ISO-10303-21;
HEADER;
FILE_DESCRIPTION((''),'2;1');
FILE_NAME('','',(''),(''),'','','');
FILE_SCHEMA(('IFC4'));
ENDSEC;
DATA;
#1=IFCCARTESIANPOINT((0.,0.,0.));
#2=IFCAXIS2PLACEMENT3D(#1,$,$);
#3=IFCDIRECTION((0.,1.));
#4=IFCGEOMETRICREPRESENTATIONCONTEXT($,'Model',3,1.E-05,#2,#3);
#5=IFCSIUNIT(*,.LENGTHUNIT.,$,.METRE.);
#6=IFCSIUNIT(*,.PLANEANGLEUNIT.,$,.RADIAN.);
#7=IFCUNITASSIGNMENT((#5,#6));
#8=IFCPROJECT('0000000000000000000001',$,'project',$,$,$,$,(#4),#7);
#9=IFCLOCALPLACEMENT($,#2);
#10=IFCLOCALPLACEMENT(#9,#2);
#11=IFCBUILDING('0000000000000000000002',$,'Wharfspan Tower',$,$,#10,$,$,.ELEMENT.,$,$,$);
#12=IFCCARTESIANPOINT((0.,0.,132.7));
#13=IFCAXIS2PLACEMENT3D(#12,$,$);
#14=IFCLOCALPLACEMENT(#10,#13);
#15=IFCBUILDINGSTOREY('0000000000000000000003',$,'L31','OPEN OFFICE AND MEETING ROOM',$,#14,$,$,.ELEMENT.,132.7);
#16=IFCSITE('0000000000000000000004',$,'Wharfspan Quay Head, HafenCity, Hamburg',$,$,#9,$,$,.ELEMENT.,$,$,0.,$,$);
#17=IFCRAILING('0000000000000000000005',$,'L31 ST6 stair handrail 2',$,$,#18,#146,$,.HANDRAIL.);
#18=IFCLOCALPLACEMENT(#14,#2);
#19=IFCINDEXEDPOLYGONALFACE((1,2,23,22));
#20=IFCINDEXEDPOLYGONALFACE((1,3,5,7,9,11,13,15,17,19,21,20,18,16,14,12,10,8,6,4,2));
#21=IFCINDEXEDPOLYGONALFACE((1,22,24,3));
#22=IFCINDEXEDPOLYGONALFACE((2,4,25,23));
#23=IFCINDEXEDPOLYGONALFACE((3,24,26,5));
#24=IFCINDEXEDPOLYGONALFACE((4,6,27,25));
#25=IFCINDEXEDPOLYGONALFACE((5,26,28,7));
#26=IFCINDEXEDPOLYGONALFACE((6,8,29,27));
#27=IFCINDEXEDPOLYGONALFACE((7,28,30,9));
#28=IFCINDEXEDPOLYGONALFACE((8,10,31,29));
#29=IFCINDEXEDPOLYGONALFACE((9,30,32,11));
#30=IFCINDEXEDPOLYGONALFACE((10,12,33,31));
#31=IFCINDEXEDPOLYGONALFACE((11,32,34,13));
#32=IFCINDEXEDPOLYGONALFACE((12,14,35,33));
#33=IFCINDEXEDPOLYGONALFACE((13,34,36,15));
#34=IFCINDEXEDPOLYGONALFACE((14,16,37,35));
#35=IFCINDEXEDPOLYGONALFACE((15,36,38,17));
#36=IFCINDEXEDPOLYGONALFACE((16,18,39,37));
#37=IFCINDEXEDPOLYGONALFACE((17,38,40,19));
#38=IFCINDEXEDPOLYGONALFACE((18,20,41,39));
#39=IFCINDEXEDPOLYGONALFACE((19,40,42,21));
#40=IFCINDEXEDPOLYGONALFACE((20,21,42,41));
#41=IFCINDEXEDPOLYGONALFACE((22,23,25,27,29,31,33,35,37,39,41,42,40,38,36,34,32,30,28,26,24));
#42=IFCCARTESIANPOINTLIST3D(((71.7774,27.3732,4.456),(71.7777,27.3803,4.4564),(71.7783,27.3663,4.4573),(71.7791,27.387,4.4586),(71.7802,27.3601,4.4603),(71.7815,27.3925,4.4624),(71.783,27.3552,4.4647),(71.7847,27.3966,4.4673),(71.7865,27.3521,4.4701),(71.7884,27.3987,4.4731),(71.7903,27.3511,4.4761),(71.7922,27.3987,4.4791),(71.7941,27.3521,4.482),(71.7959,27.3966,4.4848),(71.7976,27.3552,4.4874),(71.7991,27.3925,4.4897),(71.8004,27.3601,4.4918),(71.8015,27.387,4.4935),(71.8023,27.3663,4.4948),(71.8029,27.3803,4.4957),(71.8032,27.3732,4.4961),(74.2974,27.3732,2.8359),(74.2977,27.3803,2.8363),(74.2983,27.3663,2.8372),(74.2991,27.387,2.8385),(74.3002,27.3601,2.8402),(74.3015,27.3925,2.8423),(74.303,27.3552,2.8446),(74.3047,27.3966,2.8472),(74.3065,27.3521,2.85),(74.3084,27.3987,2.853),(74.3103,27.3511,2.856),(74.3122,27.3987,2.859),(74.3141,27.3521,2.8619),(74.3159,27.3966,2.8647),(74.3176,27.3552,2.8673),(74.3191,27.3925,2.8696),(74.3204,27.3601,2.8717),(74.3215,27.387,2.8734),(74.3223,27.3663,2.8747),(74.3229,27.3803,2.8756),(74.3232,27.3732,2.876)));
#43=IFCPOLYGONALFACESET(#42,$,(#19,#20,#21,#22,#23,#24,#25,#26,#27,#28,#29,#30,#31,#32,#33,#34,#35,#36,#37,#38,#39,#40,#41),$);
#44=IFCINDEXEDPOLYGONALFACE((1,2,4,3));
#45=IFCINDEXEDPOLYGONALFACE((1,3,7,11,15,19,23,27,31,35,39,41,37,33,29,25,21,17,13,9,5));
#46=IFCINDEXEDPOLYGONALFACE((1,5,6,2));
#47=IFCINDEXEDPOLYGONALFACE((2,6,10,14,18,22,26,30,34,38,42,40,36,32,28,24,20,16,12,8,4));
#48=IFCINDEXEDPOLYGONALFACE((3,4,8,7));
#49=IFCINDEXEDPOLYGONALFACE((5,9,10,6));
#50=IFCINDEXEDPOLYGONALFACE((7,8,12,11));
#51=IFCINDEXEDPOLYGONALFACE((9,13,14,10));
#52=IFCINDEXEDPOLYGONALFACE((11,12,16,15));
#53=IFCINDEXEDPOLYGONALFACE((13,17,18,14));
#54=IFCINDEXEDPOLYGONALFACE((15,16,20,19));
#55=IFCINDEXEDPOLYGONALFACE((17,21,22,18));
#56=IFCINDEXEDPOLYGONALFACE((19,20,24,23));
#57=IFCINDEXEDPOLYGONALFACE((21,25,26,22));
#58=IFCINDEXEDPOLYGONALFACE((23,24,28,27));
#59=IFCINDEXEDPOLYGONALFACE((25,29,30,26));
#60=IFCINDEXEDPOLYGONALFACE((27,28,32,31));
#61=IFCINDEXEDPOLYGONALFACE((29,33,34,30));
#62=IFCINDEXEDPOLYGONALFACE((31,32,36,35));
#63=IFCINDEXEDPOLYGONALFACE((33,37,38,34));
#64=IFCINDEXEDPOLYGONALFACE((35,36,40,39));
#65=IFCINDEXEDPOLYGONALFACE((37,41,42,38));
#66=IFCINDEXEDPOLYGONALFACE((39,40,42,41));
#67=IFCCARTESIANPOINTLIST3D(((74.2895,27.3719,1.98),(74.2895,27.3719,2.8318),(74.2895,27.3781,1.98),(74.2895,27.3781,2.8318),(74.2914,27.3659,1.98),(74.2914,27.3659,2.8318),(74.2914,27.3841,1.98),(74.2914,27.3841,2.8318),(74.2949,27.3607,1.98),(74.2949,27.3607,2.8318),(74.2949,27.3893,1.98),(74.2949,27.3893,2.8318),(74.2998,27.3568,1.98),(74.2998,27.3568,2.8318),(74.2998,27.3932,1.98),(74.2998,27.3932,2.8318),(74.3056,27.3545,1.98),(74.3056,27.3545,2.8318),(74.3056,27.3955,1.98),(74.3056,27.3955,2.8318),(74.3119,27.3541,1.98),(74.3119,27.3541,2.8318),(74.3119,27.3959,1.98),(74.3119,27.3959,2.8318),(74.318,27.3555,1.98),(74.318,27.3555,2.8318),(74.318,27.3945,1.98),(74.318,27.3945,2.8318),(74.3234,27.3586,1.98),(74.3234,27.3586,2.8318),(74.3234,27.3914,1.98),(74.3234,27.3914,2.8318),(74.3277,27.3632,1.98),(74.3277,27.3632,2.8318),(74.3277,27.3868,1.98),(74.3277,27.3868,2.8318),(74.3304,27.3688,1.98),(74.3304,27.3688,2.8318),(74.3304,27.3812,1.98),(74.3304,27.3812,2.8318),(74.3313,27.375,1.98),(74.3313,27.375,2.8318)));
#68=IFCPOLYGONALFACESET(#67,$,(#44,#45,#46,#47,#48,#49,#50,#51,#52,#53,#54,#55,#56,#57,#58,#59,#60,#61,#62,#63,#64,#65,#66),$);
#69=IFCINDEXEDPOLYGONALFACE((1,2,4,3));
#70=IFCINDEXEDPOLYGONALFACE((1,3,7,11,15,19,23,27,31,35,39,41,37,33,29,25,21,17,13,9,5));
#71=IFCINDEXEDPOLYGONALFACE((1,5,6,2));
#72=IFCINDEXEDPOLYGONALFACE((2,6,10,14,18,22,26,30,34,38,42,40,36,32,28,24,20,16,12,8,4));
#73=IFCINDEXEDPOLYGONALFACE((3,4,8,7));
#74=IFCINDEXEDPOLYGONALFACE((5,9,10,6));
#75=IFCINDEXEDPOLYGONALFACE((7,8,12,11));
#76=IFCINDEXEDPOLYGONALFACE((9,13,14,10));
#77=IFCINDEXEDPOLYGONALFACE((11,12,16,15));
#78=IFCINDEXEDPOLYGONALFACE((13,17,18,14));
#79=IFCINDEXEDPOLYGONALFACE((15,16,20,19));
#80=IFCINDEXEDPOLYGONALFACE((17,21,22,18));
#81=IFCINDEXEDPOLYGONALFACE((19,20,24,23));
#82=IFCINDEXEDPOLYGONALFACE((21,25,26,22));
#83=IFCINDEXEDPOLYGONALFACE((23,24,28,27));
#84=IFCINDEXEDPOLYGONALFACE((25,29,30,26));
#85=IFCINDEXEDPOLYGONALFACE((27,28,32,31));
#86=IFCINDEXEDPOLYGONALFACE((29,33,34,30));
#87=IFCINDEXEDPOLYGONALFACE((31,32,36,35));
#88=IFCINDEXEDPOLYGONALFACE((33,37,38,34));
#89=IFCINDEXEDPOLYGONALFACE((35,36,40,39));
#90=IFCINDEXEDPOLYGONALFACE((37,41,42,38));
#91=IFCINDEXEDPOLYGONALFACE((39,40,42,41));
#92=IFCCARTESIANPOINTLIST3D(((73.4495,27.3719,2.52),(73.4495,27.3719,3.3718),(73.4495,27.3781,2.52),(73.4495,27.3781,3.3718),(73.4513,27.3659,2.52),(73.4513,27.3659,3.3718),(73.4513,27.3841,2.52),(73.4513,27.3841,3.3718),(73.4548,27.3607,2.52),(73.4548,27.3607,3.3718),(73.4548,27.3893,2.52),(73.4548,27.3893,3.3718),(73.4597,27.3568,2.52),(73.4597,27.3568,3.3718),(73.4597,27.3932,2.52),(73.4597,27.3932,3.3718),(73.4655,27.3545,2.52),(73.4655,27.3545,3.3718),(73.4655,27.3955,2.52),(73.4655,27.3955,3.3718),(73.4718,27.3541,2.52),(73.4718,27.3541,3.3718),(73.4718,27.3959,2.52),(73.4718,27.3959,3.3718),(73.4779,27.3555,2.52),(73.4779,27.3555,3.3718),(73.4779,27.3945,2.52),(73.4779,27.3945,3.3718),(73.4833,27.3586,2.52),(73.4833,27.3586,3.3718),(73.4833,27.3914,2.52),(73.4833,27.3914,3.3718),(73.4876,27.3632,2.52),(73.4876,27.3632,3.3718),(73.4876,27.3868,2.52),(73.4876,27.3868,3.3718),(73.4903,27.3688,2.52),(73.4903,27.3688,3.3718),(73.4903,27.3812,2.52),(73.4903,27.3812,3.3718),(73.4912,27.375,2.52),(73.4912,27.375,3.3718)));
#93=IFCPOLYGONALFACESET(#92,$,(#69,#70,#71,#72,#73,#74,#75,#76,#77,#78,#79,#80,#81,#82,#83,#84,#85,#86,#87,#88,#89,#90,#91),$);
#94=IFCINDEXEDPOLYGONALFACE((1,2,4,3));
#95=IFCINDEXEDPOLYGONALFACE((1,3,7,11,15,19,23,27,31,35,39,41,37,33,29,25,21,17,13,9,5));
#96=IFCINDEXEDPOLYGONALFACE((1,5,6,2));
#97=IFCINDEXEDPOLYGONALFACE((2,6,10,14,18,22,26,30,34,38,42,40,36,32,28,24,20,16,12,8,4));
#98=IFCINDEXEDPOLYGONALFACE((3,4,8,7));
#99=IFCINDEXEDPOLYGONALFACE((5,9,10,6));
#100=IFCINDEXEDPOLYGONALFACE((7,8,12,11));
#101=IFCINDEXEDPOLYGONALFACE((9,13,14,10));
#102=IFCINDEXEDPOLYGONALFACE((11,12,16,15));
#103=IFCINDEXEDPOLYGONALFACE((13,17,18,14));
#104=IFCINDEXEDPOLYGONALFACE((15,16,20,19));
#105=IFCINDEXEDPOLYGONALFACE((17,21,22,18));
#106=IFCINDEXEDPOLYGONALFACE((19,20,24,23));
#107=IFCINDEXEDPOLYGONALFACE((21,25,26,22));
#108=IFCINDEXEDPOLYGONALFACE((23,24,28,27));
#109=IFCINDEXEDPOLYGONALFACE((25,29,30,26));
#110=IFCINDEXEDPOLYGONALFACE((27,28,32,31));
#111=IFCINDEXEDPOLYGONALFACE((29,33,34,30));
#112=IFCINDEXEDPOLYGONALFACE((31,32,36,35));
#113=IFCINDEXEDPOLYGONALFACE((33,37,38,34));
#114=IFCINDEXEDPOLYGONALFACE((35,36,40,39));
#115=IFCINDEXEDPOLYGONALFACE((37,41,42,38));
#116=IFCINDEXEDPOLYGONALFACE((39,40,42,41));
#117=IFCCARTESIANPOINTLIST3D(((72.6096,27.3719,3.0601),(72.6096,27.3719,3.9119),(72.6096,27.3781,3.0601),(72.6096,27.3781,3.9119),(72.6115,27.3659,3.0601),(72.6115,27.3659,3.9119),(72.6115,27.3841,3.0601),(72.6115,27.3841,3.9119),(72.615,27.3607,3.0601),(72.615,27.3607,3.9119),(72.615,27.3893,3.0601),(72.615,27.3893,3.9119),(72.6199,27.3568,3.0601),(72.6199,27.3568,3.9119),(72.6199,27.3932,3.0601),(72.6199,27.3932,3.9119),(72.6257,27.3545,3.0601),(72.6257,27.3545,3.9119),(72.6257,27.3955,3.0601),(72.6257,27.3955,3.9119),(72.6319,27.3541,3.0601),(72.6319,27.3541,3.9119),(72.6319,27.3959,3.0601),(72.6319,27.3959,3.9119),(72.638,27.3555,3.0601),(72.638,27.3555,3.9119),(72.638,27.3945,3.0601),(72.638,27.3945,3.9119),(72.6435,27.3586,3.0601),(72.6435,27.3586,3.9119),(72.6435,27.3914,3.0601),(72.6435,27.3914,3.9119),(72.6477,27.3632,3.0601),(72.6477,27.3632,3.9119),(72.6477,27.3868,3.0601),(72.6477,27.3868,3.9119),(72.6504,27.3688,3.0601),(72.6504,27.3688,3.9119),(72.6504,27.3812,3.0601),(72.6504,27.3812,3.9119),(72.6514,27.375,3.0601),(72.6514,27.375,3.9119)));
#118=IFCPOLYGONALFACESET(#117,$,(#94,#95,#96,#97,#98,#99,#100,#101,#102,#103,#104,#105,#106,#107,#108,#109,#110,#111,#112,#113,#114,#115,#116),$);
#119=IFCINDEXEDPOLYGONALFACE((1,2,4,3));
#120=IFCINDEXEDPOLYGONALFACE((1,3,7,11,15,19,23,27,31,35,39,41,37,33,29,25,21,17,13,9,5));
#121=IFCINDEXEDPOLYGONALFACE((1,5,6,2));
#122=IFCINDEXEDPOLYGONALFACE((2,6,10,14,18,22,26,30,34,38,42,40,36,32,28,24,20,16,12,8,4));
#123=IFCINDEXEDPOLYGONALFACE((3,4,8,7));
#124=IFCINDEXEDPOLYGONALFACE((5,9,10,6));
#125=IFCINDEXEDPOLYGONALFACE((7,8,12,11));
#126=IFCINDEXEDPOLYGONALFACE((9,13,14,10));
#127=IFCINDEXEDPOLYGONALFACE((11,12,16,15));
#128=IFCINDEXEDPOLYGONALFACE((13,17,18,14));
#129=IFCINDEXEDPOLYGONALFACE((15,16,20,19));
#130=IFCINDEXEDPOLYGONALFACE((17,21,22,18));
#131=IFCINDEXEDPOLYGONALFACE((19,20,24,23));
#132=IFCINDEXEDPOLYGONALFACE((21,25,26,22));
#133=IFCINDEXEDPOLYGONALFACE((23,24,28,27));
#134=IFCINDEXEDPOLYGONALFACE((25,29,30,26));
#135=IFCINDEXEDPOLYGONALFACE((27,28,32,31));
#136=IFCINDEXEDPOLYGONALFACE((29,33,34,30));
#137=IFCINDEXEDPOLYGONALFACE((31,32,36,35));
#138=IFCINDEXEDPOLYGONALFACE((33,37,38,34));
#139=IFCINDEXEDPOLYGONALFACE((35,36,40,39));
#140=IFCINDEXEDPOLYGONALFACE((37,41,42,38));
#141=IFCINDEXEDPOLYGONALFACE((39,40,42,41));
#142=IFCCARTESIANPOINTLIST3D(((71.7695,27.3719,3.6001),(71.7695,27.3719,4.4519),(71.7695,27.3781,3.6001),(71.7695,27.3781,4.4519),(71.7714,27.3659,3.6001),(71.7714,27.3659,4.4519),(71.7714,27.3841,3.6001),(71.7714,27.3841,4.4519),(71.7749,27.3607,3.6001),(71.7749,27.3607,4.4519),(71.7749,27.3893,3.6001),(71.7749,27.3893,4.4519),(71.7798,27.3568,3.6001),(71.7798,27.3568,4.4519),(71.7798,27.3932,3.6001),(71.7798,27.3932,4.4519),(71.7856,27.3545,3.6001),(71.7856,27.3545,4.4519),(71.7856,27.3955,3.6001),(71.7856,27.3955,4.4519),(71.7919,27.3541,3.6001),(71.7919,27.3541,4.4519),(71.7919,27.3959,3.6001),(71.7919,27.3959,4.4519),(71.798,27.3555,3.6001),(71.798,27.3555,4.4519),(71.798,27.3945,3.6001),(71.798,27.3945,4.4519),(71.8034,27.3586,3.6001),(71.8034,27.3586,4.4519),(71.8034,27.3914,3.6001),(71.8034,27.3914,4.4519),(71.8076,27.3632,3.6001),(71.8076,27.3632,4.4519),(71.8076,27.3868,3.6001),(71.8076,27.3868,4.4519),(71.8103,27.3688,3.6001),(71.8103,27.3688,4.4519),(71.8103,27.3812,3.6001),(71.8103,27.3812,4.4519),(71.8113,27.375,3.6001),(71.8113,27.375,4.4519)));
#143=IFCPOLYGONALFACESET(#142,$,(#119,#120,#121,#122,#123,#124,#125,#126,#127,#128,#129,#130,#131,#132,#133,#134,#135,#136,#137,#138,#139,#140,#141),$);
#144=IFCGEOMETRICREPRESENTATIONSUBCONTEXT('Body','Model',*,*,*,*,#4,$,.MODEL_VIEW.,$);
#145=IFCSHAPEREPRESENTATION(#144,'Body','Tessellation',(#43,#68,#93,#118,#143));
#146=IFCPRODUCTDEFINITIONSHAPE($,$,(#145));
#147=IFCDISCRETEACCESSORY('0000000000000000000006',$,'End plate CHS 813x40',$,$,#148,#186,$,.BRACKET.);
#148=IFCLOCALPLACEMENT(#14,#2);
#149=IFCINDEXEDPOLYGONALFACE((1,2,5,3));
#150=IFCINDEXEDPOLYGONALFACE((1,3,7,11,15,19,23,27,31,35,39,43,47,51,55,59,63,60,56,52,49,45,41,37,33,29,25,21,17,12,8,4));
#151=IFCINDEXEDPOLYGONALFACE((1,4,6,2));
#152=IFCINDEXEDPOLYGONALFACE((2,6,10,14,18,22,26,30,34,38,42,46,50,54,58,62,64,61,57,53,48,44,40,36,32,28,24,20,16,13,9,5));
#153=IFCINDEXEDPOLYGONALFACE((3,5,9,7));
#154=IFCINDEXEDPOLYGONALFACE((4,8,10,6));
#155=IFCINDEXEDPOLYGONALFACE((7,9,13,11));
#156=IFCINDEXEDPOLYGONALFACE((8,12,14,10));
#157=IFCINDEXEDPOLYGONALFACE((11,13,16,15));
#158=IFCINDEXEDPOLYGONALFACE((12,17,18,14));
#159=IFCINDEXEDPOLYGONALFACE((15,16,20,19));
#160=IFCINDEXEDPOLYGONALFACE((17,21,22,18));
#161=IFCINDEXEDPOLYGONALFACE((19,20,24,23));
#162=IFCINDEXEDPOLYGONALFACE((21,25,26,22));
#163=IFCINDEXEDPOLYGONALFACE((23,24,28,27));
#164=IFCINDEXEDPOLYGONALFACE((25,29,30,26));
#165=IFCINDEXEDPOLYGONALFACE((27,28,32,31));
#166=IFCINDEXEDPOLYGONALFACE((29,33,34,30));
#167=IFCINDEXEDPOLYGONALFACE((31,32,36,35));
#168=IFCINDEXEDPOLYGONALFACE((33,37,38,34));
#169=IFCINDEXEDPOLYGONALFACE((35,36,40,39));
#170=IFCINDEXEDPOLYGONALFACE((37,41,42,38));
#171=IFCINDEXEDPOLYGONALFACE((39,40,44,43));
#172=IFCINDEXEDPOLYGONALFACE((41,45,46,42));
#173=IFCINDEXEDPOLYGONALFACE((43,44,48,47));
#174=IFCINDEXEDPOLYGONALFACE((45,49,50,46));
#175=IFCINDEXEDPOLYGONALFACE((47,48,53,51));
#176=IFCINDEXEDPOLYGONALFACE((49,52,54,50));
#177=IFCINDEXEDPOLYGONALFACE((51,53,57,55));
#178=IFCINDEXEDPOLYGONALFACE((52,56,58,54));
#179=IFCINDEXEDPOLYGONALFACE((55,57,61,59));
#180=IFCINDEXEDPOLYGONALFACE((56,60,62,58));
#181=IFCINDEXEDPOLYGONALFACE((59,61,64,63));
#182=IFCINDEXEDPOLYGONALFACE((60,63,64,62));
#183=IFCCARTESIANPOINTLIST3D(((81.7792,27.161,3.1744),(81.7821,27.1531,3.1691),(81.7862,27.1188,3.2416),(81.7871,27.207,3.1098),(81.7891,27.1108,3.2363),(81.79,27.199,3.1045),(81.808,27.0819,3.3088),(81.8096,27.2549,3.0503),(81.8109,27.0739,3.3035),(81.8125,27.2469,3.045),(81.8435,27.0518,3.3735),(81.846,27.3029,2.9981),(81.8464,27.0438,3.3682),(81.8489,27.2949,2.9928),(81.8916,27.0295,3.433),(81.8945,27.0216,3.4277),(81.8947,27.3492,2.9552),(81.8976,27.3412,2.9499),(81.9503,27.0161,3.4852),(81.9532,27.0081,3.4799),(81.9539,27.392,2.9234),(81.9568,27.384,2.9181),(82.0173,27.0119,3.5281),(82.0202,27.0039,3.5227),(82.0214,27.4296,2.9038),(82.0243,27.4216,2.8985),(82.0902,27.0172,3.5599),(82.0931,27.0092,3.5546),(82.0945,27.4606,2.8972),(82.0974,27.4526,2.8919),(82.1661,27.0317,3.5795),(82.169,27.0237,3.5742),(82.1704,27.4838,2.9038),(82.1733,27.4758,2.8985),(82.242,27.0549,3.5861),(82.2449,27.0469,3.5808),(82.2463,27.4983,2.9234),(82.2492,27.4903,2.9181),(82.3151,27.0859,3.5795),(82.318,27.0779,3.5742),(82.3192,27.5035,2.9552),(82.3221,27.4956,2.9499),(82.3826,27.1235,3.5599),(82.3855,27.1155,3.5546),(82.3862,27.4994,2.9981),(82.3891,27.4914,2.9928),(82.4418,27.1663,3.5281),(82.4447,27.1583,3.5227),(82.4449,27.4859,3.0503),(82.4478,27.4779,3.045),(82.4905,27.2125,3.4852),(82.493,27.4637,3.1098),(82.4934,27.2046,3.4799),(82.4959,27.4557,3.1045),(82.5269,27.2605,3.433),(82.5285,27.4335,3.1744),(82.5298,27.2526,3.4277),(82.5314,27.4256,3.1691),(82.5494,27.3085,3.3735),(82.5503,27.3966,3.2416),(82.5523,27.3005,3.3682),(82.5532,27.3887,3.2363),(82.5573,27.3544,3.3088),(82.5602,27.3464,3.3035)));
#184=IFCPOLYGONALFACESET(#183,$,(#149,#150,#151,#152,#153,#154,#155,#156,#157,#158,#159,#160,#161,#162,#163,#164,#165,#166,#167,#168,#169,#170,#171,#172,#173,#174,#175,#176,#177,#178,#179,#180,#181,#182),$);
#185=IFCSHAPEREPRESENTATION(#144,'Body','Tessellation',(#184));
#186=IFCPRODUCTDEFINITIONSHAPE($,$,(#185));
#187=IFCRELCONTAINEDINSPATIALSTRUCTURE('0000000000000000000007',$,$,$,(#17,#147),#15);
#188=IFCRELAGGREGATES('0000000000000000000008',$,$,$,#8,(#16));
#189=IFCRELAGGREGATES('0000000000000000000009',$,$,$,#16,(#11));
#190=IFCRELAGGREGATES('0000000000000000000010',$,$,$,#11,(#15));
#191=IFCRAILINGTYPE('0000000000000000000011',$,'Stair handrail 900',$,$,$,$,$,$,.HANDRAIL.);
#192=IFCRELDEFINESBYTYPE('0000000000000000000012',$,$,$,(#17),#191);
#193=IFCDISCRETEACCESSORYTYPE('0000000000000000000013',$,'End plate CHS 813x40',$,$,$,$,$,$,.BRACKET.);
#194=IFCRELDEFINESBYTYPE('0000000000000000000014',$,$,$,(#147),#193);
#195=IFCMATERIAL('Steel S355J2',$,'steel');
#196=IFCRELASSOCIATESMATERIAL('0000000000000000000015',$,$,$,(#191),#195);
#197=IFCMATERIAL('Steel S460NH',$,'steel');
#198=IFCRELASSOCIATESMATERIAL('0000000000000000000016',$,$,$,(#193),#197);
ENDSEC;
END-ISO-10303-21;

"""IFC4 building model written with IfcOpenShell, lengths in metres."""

from ifc_helpers import new_model, si_unit, direction, frame, origin, origin_2d, place, context, subcontext, project, spatial, circle, extrude, material, material_profile, profile_set, type_object, element, save


model = new_model("IFC4")

# Units and contexts
model_context = context("Model", 3, precision=1e-05, world=origin(), true_north=direction((0.0, 1.0)))
body_context = subcontext(model_context, "Body", "Model", "MODEL_VIEW")
ifc_project = project(units=[si_unit("LENGTHUNIT", "METRE"), si_unit("PLANEANGLEUNIT", "RADIAN")], contexts=[model_context])

# Site, building, storey
site_placement = place(None, origin())
site = spatial("IfcSite", under=ifc_project, at=site_placement, Name="Wharfspan Quay Head, HafenCity, Hamburg", CompositionType="ELEMENT", RefElevation=0.0)
building_placement = place(site_placement, origin())
building = spatial("IfcBuilding", under=site, at=building_placement, Name="Wharfspan Tower", CompositionType="ELEMENT")
storey_placement = place(building_placement, frame((0.0, 0.0, 132.7)))
storey = spatial("IfcBuildingStorey", under=building, at=storey_placement, Name="L31", Description="OPEN OFFICE AND MEETING ROOM", CompositionType="ELEMENT", Elevation=132.7)

# Shared definitions
ifc_material_1 = material(Name="Steel S355J2", Category="steel")

# Shared definitions
ifc_material_2 = material(Name="Steel S460NH", Category="steel")

# Railing
railing_type = type_object("IfcRailingType", Name="Stair handrail 900", PredefinedType="HANDRAIL", material=ifc_material_1)
railing_placement = place(storey_placement, frame((74.3103, 27.375, 1.98)))
element("IfcRailing", 1, at=railing_placement, inside=storey, type_object=railing_type, Name="L31 ST6 stair handrail 2", PredefinedType="HANDRAIL", context=body_context, shape_type="SweptSolid", body=[
    extrude(circle(Radius=0.0239, at=origin_2d()), frame((0.0, 0.0, 0.876), z_axis=(-0.841163, 0.0, 0.540782), x_axis=(0.0, -1.0, 0.0)), (0.0, 0.0, 1.0), 2.9958),
    extrude(circle(Radius=0.021, at=origin_2d()), origin(), (0.0, 0.0, 1.0), 0.8518),
    extrude(circle(Radius=0.021, at=origin_2d()), frame((-0.8401, 0.0, 0.54)), (0.0, 0.0, 1.0), 0.8518),
    extrude(circle(Radius=0.021, at=origin_2d()), frame((-1.6799, 0.0, 1.0801)), (0.0, 0.0, 1.0), 0.8518),
    extrude(circle(Radius=0.021, at=origin_2d()), frame((-2.52, 0.0, 1.6201)), (0.0, 0.0, 1.0), 0.8518),
])

# Discrete accessory
ifc_material_profile_1 = material_profile(ifc_material_2, circle(Radius=0.4065, at=origin_2d()))
ifc_profile_set_1 = profile_set([ifc_material_profile_1], Name="Steel S460NH")
discrete_accessory_type = type_object("IfcDiscreteAccessoryType", Name="End plate CHS 813x40", PredefinedType="BRACKET", material=ifc_profile_set_1)
for number, where, z_axis, x_axis, name in (
    (2, (82.1711, 27.2498, 3.2363), (-0.289598, 0.796395, 0.53093), (-0.939792, -0.341743, 0.000001), "End plate CHS 813x40"),
):
    element("IfcDiscreteAccessory", number, at=place(storey_placement, frame(where, z_axis=z_axis, x_axis=x_axis)), inside=storey, type_object=discrete_accessory_type, Name=name, PredefinedType="BRACKET", context=body_context, shape_type="SweptSolid", body=[
        extrude(circle(Radius=0.4065, at=origin_2d()), origin(), (0.0, 0.0, 1.0), 0.01),
    ])

save(model, "model.ifc")
